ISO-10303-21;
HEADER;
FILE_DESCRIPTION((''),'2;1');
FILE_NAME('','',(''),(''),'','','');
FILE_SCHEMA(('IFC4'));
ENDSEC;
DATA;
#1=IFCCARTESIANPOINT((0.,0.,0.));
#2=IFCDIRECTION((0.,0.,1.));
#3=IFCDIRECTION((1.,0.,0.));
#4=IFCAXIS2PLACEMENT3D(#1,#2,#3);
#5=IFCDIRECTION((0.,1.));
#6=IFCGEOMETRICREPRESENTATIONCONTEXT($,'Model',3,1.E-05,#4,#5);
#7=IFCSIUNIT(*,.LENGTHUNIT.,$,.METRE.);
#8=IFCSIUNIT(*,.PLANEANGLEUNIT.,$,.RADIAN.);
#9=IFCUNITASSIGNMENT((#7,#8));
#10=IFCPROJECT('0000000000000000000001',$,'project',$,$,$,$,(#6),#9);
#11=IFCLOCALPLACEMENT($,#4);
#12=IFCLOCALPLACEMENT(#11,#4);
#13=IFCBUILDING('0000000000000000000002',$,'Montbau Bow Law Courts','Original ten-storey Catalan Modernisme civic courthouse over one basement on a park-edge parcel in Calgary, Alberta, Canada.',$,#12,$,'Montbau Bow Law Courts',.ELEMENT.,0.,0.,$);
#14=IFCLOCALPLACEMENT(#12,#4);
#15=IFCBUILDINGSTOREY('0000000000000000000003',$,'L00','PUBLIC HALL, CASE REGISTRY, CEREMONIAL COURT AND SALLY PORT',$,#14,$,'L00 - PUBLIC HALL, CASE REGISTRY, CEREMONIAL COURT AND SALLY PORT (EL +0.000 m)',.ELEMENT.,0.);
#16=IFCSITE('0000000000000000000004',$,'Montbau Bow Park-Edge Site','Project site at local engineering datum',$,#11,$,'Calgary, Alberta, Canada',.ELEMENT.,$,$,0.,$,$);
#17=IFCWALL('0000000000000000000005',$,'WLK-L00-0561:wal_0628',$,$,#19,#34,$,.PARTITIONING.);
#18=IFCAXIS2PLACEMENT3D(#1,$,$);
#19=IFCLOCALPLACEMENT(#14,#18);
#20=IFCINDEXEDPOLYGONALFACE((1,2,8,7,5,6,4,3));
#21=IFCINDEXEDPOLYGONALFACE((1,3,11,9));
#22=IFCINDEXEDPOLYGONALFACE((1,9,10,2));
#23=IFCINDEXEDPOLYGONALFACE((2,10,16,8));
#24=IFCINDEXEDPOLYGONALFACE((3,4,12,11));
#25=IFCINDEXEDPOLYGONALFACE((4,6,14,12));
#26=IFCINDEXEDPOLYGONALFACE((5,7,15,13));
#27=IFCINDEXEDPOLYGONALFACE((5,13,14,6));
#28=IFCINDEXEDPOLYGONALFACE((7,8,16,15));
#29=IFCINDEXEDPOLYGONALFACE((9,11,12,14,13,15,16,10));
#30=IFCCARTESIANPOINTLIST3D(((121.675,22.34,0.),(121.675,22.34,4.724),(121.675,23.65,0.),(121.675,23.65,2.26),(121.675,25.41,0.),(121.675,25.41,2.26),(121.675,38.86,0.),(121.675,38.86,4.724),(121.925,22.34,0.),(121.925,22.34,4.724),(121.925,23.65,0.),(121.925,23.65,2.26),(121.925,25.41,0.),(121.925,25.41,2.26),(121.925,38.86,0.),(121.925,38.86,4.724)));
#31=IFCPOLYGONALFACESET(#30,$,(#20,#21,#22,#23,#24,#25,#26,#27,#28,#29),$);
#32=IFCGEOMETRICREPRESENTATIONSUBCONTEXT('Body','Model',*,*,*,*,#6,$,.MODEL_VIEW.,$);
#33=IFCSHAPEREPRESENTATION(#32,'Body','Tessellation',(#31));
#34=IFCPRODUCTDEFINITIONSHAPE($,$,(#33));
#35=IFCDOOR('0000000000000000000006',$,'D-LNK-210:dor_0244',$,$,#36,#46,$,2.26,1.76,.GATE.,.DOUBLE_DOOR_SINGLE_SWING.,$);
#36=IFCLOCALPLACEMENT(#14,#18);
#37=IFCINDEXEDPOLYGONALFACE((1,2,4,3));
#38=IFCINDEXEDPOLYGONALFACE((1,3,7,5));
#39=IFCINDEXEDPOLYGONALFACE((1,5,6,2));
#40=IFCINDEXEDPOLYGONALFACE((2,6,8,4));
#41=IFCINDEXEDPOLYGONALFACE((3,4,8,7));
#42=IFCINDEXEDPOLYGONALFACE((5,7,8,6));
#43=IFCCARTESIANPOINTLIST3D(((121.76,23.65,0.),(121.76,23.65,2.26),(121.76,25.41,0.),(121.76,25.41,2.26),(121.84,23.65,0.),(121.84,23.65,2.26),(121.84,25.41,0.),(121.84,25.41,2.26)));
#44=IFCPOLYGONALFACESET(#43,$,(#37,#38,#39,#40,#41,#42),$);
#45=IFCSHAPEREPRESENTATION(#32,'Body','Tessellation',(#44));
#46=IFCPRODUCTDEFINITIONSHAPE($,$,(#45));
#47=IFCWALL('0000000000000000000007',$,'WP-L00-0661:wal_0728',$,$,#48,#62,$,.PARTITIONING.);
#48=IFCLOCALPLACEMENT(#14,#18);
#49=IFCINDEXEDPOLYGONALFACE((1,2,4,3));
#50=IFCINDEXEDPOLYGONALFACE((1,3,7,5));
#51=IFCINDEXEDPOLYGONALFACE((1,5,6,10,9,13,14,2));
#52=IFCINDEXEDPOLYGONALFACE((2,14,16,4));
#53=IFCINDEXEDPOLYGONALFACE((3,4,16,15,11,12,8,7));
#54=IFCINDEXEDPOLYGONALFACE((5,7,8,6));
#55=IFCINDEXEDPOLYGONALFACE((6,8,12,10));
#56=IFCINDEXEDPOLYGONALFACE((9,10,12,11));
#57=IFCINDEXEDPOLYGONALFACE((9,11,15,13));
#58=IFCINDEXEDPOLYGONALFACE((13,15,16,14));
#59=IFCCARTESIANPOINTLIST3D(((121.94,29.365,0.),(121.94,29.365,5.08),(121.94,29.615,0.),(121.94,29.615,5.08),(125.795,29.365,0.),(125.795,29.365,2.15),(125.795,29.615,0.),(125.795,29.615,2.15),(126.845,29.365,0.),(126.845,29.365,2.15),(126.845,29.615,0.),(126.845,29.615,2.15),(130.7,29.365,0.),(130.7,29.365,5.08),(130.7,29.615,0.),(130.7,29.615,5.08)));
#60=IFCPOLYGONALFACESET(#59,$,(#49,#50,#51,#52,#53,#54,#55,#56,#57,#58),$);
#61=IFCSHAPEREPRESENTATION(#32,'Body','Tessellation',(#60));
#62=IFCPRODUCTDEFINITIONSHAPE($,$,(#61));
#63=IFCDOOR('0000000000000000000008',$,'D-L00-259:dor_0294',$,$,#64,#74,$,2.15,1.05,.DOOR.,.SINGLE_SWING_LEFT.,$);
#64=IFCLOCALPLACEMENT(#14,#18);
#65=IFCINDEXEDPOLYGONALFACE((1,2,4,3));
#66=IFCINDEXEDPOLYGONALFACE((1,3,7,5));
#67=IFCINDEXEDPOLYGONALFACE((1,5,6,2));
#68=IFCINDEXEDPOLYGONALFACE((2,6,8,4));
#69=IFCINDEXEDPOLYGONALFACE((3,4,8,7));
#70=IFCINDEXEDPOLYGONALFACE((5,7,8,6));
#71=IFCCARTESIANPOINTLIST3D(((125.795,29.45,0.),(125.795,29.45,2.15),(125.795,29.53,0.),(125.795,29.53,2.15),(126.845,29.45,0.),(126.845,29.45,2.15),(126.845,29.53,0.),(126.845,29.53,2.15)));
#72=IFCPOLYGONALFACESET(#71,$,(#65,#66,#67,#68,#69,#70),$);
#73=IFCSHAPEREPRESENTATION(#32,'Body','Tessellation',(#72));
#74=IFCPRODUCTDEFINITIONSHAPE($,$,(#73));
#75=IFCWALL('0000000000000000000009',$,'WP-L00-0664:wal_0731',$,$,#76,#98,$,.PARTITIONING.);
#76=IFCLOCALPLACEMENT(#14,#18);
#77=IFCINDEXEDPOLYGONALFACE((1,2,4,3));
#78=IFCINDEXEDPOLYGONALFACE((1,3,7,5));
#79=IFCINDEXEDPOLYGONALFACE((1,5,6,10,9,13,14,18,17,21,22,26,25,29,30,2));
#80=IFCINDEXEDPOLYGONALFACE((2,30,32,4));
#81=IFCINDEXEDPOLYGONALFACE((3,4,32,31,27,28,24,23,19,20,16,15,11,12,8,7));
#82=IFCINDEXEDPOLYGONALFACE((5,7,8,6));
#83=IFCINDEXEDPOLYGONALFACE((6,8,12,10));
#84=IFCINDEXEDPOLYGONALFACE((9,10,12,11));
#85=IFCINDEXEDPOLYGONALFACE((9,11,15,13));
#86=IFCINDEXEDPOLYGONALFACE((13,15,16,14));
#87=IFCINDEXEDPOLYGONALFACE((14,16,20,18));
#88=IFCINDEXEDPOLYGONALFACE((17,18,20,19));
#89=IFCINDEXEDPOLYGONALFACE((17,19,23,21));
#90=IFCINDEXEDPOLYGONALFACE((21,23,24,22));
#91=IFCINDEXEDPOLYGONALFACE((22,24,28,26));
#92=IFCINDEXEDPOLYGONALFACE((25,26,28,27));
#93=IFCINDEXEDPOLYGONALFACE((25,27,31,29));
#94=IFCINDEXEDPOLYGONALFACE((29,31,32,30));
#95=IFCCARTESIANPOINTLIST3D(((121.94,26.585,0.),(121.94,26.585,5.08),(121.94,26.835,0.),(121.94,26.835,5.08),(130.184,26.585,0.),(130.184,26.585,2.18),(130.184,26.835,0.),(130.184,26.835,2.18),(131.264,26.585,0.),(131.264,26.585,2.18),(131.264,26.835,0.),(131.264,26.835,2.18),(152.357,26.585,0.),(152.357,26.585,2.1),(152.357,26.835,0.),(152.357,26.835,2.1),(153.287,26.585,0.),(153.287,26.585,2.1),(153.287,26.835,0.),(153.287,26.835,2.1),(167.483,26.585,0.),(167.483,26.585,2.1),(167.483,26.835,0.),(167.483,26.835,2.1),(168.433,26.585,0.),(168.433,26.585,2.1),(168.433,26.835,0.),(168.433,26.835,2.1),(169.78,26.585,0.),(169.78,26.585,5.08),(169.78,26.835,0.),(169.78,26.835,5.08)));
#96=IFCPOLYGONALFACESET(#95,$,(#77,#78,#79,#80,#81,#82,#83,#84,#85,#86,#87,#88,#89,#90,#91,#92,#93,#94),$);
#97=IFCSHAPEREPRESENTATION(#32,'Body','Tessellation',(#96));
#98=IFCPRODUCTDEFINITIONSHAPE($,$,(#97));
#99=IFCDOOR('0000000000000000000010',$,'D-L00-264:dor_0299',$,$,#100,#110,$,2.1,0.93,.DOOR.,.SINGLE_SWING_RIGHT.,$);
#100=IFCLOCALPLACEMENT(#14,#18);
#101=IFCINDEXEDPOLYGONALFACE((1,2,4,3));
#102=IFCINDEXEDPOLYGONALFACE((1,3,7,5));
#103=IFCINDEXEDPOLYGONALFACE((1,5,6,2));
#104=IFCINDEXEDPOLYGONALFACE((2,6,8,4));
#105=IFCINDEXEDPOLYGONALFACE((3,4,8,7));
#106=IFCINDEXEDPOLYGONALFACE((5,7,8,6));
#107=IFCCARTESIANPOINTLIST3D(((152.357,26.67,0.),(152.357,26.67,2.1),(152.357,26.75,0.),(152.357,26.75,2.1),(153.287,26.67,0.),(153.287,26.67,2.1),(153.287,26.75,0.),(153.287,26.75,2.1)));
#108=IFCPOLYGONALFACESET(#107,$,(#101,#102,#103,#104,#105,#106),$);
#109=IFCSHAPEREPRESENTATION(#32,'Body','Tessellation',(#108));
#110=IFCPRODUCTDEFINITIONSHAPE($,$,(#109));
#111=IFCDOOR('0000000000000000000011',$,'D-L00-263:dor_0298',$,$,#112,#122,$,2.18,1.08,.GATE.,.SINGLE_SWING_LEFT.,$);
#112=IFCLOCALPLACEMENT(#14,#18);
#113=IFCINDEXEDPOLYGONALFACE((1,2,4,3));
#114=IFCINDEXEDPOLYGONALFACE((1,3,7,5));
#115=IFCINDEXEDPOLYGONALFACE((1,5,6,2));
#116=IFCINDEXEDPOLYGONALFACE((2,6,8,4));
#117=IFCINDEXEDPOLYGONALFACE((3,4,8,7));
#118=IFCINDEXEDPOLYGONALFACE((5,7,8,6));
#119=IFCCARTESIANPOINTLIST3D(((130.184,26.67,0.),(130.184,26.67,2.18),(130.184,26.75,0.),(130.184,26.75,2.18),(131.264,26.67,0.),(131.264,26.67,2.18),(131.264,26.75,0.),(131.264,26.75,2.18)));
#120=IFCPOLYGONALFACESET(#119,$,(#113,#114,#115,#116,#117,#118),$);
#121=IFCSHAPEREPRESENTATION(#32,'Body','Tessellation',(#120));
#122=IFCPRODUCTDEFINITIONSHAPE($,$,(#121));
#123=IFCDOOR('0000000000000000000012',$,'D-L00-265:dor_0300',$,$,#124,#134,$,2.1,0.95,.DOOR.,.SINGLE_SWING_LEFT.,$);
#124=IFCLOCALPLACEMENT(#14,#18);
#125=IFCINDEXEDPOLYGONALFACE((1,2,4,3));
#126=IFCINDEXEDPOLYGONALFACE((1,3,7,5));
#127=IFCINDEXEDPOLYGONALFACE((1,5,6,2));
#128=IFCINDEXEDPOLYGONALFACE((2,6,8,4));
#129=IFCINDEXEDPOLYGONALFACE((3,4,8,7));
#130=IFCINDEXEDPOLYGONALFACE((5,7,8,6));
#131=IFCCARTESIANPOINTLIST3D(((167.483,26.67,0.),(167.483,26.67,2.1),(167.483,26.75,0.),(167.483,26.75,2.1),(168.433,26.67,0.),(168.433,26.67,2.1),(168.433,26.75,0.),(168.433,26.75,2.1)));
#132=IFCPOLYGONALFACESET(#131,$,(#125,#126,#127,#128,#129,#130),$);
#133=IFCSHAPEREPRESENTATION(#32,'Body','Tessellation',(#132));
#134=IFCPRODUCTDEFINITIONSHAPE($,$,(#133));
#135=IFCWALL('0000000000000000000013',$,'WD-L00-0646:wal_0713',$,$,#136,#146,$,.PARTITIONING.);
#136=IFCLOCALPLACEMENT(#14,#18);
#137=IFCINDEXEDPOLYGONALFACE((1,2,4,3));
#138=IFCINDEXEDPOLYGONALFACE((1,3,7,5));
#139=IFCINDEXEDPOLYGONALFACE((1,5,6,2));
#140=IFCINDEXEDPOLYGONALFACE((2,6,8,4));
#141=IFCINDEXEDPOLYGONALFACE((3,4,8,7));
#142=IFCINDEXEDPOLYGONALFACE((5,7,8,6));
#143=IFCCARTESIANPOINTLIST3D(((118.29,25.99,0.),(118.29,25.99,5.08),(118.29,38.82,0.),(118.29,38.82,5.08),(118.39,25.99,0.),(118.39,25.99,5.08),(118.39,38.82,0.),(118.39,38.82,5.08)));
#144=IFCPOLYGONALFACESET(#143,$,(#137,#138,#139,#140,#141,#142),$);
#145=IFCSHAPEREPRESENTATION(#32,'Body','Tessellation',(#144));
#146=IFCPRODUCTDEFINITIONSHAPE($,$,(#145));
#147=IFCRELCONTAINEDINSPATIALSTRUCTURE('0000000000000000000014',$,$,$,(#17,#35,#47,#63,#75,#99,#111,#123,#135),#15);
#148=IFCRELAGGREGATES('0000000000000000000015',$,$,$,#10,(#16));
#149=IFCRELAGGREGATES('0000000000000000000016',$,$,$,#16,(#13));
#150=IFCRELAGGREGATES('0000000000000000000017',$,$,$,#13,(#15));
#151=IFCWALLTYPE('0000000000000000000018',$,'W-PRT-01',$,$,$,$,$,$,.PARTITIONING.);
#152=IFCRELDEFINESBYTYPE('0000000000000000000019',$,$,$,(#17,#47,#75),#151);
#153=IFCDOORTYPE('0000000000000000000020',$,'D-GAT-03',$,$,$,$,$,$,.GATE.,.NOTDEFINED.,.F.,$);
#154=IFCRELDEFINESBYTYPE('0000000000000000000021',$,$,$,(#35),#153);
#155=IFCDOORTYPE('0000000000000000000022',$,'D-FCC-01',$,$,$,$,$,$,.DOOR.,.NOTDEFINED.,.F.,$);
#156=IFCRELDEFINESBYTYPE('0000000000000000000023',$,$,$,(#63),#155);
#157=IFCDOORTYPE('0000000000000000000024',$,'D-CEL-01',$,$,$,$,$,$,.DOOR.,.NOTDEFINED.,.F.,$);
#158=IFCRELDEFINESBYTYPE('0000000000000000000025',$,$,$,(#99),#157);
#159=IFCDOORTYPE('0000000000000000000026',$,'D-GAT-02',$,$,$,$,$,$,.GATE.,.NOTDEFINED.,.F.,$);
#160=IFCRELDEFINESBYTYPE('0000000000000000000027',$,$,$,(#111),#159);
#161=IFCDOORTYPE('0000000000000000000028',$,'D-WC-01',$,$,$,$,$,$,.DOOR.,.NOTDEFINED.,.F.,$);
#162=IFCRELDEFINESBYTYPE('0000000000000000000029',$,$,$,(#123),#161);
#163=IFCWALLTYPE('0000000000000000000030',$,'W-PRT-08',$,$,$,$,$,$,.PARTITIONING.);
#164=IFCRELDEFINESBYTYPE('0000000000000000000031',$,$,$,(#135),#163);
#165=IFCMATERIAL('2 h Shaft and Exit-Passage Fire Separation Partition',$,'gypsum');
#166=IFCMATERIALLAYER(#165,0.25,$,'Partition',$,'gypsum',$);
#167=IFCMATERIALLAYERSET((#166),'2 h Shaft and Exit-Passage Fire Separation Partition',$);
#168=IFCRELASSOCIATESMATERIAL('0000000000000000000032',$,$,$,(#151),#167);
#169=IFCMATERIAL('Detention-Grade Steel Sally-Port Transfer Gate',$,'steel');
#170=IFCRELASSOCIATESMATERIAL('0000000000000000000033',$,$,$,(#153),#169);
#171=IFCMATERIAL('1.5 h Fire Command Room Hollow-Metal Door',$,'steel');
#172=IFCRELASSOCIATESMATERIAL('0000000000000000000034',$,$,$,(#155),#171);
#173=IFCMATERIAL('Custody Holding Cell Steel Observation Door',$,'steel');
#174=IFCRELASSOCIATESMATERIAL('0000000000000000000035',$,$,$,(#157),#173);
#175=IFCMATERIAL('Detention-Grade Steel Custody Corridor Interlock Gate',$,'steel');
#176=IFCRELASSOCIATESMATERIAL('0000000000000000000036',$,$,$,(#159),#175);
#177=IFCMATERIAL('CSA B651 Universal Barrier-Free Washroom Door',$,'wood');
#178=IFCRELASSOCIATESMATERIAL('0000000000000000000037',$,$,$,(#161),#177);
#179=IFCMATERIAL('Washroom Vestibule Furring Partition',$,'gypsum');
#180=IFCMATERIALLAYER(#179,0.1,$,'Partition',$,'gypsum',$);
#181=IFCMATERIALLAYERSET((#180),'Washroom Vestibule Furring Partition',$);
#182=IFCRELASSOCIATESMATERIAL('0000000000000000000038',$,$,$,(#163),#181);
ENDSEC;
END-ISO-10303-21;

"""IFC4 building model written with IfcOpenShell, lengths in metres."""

from ifc_helpers import new_model, si_unit, direction, frame, frame_2d, origin_with_axes, place, context, subcontext, project, spatial, rectangle, extrude, material, layer, layer_set, type_object, element, fill, save


model = new_model("IFC4")

# Units and contexts
model_context = context("Model", 3, precision=1e-05, world=origin_with_axes(), true_north=direction((0.0, 1.0)))
body_context = subcontext(model_context, "Body", "Model", "MODEL_VIEW")
ifc_project = project(units=[si_unit("LENGTHUNIT", "METRE"), si_unit("PLANEANGLEUNIT", "RADIAN")], contexts=[model_context])

# Site, building, storey
site_placement = place(None, origin_with_axes())
site = spatial("IfcSite", under=ifc_project, at=site_placement, Name="Montbau Bow Park-Edge Site", Description="Project site at local engineering datum", LongName="Calgary, Alberta, Canada", CompositionType="ELEMENT", RefElevation=0.0)
building_placement = place(site_placement, origin_with_axes())
building = spatial("IfcBuilding", under=site, at=building_placement, Name="Montbau Bow Law Courts", Description="Original ten-storey Catalan Modernisme civic courthouse over one basement on a park-edge parcel in Calgary, Alberta, Canada.", LongName="Montbau Bow Law Courts", CompositionType="ELEMENT", ElevationOfRefHeight=0.0, ElevationOfTerrain=0.0)
storey_placement = place(building_placement, origin_with_axes())
storey = spatial("IfcBuildingStorey", under=building, at=storey_placement, Name="L00", Description="PUBLIC HALL, CASE REGISTRY, CEREMONIAL COURT AND SALLY PORT", LongName="L00 - PUBLIC HALL, CASE REGISTRY, CEREMONIAL COURT AND SALLY PORT (EL +0.000 m)", CompositionType="ELEMENT", Elevation=0.0)

# Walls, openings, doors
ifc_material_1 = material(Name="2 h Shaft and Exit-Passage Fire Separation Partition", Category="gypsum")
ifc_layer_1 = layer(ifc_material_1, 0.25, Name="Partition", Category="gypsum")
ifc_layer_set_1 = layer_set([ifc_layer_1], Name="2 h Shaft and Exit-Passage Fire Separation Partition")
wall_type_1 = type_object("IfcWallType", Name="W-PRT-01", PredefinedType="PARTITIONING", material=ifc_layer_set_1)
wall_1_placement = place(None, frame((121.8, 22.34, 0.0), z_axis=(0.0, 0.0, 1.0), x_axis=(0.0, 1.0, 0.0)))
wall_1 = element("IfcWall", 1, at=wall_1_placement, inside=storey, type_object=wall_type_1, Name="WLK-L00-0561:wal_0628", PredefinedType="PARTITIONING", context=body_context, shape_type="SweptSolid", body=[
    extrude(rectangle(XDim=16.52, YDim=0.25, at=frame_2d((8.26, 0.0), x_axis=(1.0, 0.0))), origin_with_axes(), (0.0, 0.0, 1.0), 4.724),
])
opening_1_placement = place(None, frame((121.8, 24.53, 0.0), z_axis=(0.0, 0.0, 1.0), x_axis=(0.0, 1.0, 0.0)))
opening_1 = element("IfcOpeningElement", 2, at=opening_1_placement, cuts=wall_1, PredefinedType="OPENING", context=body_context, shape_type="SweptSolid", body=[
    extrude(rectangle(XDim=1.76, YDim=2.26, at=frame_2d((0.0, 1.13), x_axis=(1.0, 0.0))), frame((0.0, 0.135, 0.0), z_axis=(0.0, -1.0, 0.0), x_axis=(1.0, 0.0, 0.0)), (0.0, 0.0, 1.0), 0.27),
])
ifc_material_2 = material(Name="Detention-Grade Steel Sally-Port Transfer Gate", Category="steel")
door_type_1 = type_object("IfcDoorType", Name="D-GAT-03", OperationType="NOTDEFINED", ParameterTakesPrecedence=False, PredefinedType="GATE", material=ifc_material_2)
door_1_placement = place(None, frame((121.8, 24.53, 0.0), z_axis=(0.0, 0.0, 1.0), x_axis=(0.0, 1.0, 0.0)))
door_1 = element("IfcDoor", 3, at=door_1_placement, inside=storey, type_object=door_type_1, Name="D-LNK-210:dor_0244", OperationType="DOUBLE_DOOR_SINGLE_SWING", OverallHeight=2.26, OverallWidth=1.76, PredefinedType="GATE", context=body_context, shape_type="SweptSolid", body=[
    extrude(rectangle(XDim=1.76, YDim=2.26, at=frame_2d((0.0, 1.13), x_axis=(1.0, 0.0))), frame((0.0, 0.04, 0.0), z_axis=(0.0, -1.0, 0.0), x_axis=(1.0, 0.0, 0.0)), (0.0, 0.0, 1.0), 0.08),
])
fill(opening_1, door_1)
wall_2_placement = place(None, frame((121.94, 29.49, 0.0), z_axis=(0.0, 0.0, 1.0), x_axis=(1.0, 0.0, 0.0)))
wall_2 = element("IfcWall", 4, at=wall_2_placement, inside=storey, type_object=wall_type_1, Name="WP-L00-0661:wal_0728", PredefinedType="PARTITIONING", context=body_context, shape_type="SweptSolid", body=[
    extrude(rectangle(XDim=8.76, YDim=0.25, at=frame_2d((4.38, 0.0), x_axis=(1.0, 0.0))), origin_with_axes(), (0.0, 0.0, 1.0), 5.08),
])
opening_2_placement = place(None, frame((126.32, 29.49, 0.0), z_axis=(0.0, 0.0, 1.0), x_axis=(1.0, 0.0, 0.0)))
opening_2 = element("IfcOpeningElement", 5, at=opening_2_placement, cuts=wall_2, PredefinedType="OPENING", context=body_context, shape_type="SweptSolid", body=[
    extrude(rectangle(XDim=1.05, YDim=2.15, at=frame_2d((0.0, 1.075), x_axis=(1.0, 0.0))), frame((0.0, 0.135, 0.0), z_axis=(0.0, -1.0, 0.0), x_axis=(1.0, 0.0, 0.0)), (0.0, 0.0, 1.0), 0.27),
])
ifc_material_3 = material(Name="1.5 h Fire Command Room Hollow-Metal Door", Category="steel")
door_type_2 = type_object("IfcDoorType", Name="D-FCC-01", OperationType="NOTDEFINED", ParameterTakesPrecedence=False, PredefinedType="DOOR", material=ifc_material_3)
door_2_placement = place(None, frame((126.32, 29.49, 0.0), z_axis=(0.0, 0.0, 1.0), x_axis=(-1.0, 0.0, 0.0)))
door_2 = element("IfcDoor", 6, at=door_2_placement, inside=storey, type_object=door_type_2, Name="D-L00-259:dor_0294", OperationType="SINGLE_SWING_LEFT", OverallHeight=2.15, OverallWidth=1.05, PredefinedType="DOOR", context=body_context, shape_type="SweptSolid", body=[
    extrude(rectangle(XDim=1.05, YDim=2.15, at=frame_2d((0.0, 1.075), x_axis=(1.0, 0.0))), frame((0.0, 0.04, 0.0), z_axis=(0.0, -1.0, 0.0), x_axis=(1.0, 0.0, 0.0)), (0.0, 0.0, 1.0), 0.08),
])
fill(opening_2, door_2)

# Wall, openings, doors
wall_3_placement = place(None, frame((121.94, 26.71, 0.0), z_axis=(0.0, 0.0, 1.0), x_axis=(1.0, 0.0, 0.0)))
wall_3 = element("IfcWall", 7, at=wall_3_placement, inside=storey, type_object=wall_type_1, Name="WP-L00-0664:wal_0731", PredefinedType="PARTITIONING", context=body_context, shape_type="SweptSolid", body=[
    extrude(rectangle(XDim=47.84, YDim=0.25, at=frame_2d((23.92, 0.0), x_axis=(1.0, 0.0))), origin_with_axes(), (0.0, 0.0, 1.0), 5.08),
])
opening_3_placement = place(None, frame((130.724, 26.71, 0.0), z_axis=(0.0, 0.0, 1.0), x_axis=(1.0, 0.0, 0.0)))
opening_3 = element("IfcOpeningElement", 8, at=opening_3_placement, cuts=wall_3, PredefinedType="OPENING", context=body_context, shape_type="SweptSolid", body=[
    extrude(rectangle(XDim=1.08, YDim=2.18, at=frame_2d((0.0, 1.09), x_axis=(1.0, 0.0))), frame((0.0, 0.135, 0.0), z_axis=(0.0, -1.0, 0.0), x_axis=(1.0, 0.0, 0.0)), (0.0, 0.0, 1.0), 0.27),
])
opening_4_placement = place(None, frame((152.822, 26.71, 0.0), z_axis=(0.0, 0.0, 1.0), x_axis=(1.0, 0.0, 0.0)))
opening_4 = element("IfcOpeningElement", 9, at=opening_4_placement, cuts=wall_3, PredefinedType="OPENING", context=body_context, shape_type="SweptSolid", body=[
    extrude(rectangle(XDim=0.93, YDim=2.1, at=frame_2d((0.0, 1.05), x_axis=(1.0, 0.0))), frame((0.0, 0.135, 0.0), z_axis=(0.0, -1.0, 0.0), x_axis=(1.0, 0.0, 0.0)), (0.0, 0.0, 1.0), 0.27),
])
opening_5_placement = place(None, frame((167.958, 26.71, 0.0), z_axis=(0.0, 0.0, 1.0), x_axis=(1.0, 0.0, 0.0)))
opening_5 = element("IfcOpeningElement", 10, at=opening_5_placement, cuts=wall_3, PredefinedType="OPENING", context=body_context, shape_type="SweptSolid", body=[
    extrude(rectangle(XDim=0.95, YDim=2.1, at=frame_2d((0.0, 1.05), x_axis=(1.0, 0.0))), frame((0.0, 0.135, 0.0), z_axis=(0.0, -1.0, 0.0), x_axis=(1.0, 0.0, 0.0)), (0.0, 0.0, 1.0), 0.27),
])
ifc_material_4 = material(Name="Custody Holding Cell Steel Observation Door", Category="steel")
door_type_3 = type_object("IfcDoorType", Name="D-CEL-01", OperationType="NOTDEFINED", ParameterTakesPrecedence=False, PredefinedType="DOOR", material=ifc_material_4)
door_3_placement = place(None, frame((152.822, 26.71, 0.0), z_axis=(0.0, 0.0, 1.0), x_axis=(1.0, 0.0, 0.0)))
door_3 = element("IfcDoor", 11, at=door_3_placement, inside=storey, type_object=door_type_3, Name="D-L00-264:dor_0299", OperationType="SINGLE_SWING_RIGHT", OverallHeight=2.1, OverallWidth=0.93, PredefinedType="DOOR", context=body_context, shape_type="SweptSolid", body=[
    extrude(rectangle(XDim=0.93, YDim=2.1, at=frame_2d((0.0, 1.05), x_axis=(1.0, 0.0))), frame((0.0, 0.04, 0.0), z_axis=(0.0, -1.0, 0.0), x_axis=(1.0, 0.0, 0.0)), (0.0, 0.0, 1.0), 0.08),
])
fill(opening_4, door_3)
ifc_material_5 = material(Name="Detention-Grade Steel Custody Corridor Interlock Gate", Category="steel")
door_type_4 = type_object("IfcDoorType", Name="D-GAT-02", OperationType="NOTDEFINED", ParameterTakesPrecedence=False, PredefinedType="GATE", material=ifc_material_5)
door_4_placement = place(None, frame((130.724, 26.71, 0.0), z_axis=(0.0, 0.0, 1.0), x_axis=(1.0, 0.0, 0.0)))
door_4 = element("IfcDoor", 12, at=door_4_placement, inside=storey, type_object=door_type_4, Name="D-L00-263:dor_0298", OperationType="SINGLE_SWING_LEFT", OverallHeight=2.18, OverallWidth=1.08, PredefinedType="GATE", context=body_context, shape_type="SweptSolid", body=[
    extrude(rectangle(XDim=1.08, YDim=2.18, at=frame_2d((0.0, 1.09), x_axis=(1.0, 0.0))), frame((0.0, 0.04, 0.0), z_axis=(0.0, -1.0, 0.0), x_axis=(1.0, 0.0, 0.0)), (0.0, 0.0, 1.0), 0.08),
])
fill(opening_3, door_4)
ifc_material_6 = material(Name="CSA B651 Universal Barrier-Free Washroom Door", Category="wood")
door_type_5 = type_object("IfcDoorType", Name="D-WC-01", OperationType="NOTDEFINED", ParameterTakesPrecedence=False, PredefinedType="DOOR", material=ifc_material_6)
door_5_placement = place(None, frame((167.958, 26.71, 0.0), z_axis=(0.0, 0.0, 1.0), x_axis=(1.0, 0.0, 0.0)))
door_5 = element("IfcDoor", 13, at=door_5_placement, inside=storey, type_object=door_type_5, Name="D-L00-265:dor_0300", OperationType="SINGLE_SWING_LEFT", OverallHeight=2.1, OverallWidth=0.95, PredefinedType="DOOR", context=body_context, shape_type="SweptSolid", body=[
    extrude(rectangle(XDim=0.95, YDim=2.1, at=frame_2d((0.0, 1.05), x_axis=(1.0, 0.0))), frame((0.0, 0.04, 0.0), z_axis=(0.0, -1.0, 0.0), x_axis=(1.0, 0.0, 0.0)), (0.0, 0.0, 1.0), 0.08),
])
fill(opening_5, door_5)

# Wall
ifc_material_7 = material(Name="Washroom Vestibule Furring Partition", Category="gypsum")
ifc_layer_2 = layer(ifc_material_7, 0.1, Name="Partition", Category="gypsum")
ifc_layer_set_2 = layer_set([ifc_layer_2], Name="Washroom Vestibule Furring Partition")
wall_type_2 = type_object("IfcWallType", Name="W-PRT-08", PredefinedType="PARTITIONING", material=ifc_layer_set_2)
wall_4_placement = place(None, frame((118.34, 25.99, 0.0), z_axis=(0.0, 0.0, 1.0), x_axis=(0.0, 1.0, 0.0)))
element("IfcWall", 14, at=wall_4_placement, inside=storey, type_object=wall_type_2, Name="WD-L00-0646:wal_0713", PredefinedType="PARTITIONING", context=body_context, shape_type="SweptSolid", body=[
    extrude(rectangle(XDim=12.83, YDim=0.1, at=frame_2d((6.415, 0.0), x_axis=(1.0, 0.0))), origin_with_axes(), (0.0, 0.0, 1.0), 5.08),
])

save(model, "model.ifc")
